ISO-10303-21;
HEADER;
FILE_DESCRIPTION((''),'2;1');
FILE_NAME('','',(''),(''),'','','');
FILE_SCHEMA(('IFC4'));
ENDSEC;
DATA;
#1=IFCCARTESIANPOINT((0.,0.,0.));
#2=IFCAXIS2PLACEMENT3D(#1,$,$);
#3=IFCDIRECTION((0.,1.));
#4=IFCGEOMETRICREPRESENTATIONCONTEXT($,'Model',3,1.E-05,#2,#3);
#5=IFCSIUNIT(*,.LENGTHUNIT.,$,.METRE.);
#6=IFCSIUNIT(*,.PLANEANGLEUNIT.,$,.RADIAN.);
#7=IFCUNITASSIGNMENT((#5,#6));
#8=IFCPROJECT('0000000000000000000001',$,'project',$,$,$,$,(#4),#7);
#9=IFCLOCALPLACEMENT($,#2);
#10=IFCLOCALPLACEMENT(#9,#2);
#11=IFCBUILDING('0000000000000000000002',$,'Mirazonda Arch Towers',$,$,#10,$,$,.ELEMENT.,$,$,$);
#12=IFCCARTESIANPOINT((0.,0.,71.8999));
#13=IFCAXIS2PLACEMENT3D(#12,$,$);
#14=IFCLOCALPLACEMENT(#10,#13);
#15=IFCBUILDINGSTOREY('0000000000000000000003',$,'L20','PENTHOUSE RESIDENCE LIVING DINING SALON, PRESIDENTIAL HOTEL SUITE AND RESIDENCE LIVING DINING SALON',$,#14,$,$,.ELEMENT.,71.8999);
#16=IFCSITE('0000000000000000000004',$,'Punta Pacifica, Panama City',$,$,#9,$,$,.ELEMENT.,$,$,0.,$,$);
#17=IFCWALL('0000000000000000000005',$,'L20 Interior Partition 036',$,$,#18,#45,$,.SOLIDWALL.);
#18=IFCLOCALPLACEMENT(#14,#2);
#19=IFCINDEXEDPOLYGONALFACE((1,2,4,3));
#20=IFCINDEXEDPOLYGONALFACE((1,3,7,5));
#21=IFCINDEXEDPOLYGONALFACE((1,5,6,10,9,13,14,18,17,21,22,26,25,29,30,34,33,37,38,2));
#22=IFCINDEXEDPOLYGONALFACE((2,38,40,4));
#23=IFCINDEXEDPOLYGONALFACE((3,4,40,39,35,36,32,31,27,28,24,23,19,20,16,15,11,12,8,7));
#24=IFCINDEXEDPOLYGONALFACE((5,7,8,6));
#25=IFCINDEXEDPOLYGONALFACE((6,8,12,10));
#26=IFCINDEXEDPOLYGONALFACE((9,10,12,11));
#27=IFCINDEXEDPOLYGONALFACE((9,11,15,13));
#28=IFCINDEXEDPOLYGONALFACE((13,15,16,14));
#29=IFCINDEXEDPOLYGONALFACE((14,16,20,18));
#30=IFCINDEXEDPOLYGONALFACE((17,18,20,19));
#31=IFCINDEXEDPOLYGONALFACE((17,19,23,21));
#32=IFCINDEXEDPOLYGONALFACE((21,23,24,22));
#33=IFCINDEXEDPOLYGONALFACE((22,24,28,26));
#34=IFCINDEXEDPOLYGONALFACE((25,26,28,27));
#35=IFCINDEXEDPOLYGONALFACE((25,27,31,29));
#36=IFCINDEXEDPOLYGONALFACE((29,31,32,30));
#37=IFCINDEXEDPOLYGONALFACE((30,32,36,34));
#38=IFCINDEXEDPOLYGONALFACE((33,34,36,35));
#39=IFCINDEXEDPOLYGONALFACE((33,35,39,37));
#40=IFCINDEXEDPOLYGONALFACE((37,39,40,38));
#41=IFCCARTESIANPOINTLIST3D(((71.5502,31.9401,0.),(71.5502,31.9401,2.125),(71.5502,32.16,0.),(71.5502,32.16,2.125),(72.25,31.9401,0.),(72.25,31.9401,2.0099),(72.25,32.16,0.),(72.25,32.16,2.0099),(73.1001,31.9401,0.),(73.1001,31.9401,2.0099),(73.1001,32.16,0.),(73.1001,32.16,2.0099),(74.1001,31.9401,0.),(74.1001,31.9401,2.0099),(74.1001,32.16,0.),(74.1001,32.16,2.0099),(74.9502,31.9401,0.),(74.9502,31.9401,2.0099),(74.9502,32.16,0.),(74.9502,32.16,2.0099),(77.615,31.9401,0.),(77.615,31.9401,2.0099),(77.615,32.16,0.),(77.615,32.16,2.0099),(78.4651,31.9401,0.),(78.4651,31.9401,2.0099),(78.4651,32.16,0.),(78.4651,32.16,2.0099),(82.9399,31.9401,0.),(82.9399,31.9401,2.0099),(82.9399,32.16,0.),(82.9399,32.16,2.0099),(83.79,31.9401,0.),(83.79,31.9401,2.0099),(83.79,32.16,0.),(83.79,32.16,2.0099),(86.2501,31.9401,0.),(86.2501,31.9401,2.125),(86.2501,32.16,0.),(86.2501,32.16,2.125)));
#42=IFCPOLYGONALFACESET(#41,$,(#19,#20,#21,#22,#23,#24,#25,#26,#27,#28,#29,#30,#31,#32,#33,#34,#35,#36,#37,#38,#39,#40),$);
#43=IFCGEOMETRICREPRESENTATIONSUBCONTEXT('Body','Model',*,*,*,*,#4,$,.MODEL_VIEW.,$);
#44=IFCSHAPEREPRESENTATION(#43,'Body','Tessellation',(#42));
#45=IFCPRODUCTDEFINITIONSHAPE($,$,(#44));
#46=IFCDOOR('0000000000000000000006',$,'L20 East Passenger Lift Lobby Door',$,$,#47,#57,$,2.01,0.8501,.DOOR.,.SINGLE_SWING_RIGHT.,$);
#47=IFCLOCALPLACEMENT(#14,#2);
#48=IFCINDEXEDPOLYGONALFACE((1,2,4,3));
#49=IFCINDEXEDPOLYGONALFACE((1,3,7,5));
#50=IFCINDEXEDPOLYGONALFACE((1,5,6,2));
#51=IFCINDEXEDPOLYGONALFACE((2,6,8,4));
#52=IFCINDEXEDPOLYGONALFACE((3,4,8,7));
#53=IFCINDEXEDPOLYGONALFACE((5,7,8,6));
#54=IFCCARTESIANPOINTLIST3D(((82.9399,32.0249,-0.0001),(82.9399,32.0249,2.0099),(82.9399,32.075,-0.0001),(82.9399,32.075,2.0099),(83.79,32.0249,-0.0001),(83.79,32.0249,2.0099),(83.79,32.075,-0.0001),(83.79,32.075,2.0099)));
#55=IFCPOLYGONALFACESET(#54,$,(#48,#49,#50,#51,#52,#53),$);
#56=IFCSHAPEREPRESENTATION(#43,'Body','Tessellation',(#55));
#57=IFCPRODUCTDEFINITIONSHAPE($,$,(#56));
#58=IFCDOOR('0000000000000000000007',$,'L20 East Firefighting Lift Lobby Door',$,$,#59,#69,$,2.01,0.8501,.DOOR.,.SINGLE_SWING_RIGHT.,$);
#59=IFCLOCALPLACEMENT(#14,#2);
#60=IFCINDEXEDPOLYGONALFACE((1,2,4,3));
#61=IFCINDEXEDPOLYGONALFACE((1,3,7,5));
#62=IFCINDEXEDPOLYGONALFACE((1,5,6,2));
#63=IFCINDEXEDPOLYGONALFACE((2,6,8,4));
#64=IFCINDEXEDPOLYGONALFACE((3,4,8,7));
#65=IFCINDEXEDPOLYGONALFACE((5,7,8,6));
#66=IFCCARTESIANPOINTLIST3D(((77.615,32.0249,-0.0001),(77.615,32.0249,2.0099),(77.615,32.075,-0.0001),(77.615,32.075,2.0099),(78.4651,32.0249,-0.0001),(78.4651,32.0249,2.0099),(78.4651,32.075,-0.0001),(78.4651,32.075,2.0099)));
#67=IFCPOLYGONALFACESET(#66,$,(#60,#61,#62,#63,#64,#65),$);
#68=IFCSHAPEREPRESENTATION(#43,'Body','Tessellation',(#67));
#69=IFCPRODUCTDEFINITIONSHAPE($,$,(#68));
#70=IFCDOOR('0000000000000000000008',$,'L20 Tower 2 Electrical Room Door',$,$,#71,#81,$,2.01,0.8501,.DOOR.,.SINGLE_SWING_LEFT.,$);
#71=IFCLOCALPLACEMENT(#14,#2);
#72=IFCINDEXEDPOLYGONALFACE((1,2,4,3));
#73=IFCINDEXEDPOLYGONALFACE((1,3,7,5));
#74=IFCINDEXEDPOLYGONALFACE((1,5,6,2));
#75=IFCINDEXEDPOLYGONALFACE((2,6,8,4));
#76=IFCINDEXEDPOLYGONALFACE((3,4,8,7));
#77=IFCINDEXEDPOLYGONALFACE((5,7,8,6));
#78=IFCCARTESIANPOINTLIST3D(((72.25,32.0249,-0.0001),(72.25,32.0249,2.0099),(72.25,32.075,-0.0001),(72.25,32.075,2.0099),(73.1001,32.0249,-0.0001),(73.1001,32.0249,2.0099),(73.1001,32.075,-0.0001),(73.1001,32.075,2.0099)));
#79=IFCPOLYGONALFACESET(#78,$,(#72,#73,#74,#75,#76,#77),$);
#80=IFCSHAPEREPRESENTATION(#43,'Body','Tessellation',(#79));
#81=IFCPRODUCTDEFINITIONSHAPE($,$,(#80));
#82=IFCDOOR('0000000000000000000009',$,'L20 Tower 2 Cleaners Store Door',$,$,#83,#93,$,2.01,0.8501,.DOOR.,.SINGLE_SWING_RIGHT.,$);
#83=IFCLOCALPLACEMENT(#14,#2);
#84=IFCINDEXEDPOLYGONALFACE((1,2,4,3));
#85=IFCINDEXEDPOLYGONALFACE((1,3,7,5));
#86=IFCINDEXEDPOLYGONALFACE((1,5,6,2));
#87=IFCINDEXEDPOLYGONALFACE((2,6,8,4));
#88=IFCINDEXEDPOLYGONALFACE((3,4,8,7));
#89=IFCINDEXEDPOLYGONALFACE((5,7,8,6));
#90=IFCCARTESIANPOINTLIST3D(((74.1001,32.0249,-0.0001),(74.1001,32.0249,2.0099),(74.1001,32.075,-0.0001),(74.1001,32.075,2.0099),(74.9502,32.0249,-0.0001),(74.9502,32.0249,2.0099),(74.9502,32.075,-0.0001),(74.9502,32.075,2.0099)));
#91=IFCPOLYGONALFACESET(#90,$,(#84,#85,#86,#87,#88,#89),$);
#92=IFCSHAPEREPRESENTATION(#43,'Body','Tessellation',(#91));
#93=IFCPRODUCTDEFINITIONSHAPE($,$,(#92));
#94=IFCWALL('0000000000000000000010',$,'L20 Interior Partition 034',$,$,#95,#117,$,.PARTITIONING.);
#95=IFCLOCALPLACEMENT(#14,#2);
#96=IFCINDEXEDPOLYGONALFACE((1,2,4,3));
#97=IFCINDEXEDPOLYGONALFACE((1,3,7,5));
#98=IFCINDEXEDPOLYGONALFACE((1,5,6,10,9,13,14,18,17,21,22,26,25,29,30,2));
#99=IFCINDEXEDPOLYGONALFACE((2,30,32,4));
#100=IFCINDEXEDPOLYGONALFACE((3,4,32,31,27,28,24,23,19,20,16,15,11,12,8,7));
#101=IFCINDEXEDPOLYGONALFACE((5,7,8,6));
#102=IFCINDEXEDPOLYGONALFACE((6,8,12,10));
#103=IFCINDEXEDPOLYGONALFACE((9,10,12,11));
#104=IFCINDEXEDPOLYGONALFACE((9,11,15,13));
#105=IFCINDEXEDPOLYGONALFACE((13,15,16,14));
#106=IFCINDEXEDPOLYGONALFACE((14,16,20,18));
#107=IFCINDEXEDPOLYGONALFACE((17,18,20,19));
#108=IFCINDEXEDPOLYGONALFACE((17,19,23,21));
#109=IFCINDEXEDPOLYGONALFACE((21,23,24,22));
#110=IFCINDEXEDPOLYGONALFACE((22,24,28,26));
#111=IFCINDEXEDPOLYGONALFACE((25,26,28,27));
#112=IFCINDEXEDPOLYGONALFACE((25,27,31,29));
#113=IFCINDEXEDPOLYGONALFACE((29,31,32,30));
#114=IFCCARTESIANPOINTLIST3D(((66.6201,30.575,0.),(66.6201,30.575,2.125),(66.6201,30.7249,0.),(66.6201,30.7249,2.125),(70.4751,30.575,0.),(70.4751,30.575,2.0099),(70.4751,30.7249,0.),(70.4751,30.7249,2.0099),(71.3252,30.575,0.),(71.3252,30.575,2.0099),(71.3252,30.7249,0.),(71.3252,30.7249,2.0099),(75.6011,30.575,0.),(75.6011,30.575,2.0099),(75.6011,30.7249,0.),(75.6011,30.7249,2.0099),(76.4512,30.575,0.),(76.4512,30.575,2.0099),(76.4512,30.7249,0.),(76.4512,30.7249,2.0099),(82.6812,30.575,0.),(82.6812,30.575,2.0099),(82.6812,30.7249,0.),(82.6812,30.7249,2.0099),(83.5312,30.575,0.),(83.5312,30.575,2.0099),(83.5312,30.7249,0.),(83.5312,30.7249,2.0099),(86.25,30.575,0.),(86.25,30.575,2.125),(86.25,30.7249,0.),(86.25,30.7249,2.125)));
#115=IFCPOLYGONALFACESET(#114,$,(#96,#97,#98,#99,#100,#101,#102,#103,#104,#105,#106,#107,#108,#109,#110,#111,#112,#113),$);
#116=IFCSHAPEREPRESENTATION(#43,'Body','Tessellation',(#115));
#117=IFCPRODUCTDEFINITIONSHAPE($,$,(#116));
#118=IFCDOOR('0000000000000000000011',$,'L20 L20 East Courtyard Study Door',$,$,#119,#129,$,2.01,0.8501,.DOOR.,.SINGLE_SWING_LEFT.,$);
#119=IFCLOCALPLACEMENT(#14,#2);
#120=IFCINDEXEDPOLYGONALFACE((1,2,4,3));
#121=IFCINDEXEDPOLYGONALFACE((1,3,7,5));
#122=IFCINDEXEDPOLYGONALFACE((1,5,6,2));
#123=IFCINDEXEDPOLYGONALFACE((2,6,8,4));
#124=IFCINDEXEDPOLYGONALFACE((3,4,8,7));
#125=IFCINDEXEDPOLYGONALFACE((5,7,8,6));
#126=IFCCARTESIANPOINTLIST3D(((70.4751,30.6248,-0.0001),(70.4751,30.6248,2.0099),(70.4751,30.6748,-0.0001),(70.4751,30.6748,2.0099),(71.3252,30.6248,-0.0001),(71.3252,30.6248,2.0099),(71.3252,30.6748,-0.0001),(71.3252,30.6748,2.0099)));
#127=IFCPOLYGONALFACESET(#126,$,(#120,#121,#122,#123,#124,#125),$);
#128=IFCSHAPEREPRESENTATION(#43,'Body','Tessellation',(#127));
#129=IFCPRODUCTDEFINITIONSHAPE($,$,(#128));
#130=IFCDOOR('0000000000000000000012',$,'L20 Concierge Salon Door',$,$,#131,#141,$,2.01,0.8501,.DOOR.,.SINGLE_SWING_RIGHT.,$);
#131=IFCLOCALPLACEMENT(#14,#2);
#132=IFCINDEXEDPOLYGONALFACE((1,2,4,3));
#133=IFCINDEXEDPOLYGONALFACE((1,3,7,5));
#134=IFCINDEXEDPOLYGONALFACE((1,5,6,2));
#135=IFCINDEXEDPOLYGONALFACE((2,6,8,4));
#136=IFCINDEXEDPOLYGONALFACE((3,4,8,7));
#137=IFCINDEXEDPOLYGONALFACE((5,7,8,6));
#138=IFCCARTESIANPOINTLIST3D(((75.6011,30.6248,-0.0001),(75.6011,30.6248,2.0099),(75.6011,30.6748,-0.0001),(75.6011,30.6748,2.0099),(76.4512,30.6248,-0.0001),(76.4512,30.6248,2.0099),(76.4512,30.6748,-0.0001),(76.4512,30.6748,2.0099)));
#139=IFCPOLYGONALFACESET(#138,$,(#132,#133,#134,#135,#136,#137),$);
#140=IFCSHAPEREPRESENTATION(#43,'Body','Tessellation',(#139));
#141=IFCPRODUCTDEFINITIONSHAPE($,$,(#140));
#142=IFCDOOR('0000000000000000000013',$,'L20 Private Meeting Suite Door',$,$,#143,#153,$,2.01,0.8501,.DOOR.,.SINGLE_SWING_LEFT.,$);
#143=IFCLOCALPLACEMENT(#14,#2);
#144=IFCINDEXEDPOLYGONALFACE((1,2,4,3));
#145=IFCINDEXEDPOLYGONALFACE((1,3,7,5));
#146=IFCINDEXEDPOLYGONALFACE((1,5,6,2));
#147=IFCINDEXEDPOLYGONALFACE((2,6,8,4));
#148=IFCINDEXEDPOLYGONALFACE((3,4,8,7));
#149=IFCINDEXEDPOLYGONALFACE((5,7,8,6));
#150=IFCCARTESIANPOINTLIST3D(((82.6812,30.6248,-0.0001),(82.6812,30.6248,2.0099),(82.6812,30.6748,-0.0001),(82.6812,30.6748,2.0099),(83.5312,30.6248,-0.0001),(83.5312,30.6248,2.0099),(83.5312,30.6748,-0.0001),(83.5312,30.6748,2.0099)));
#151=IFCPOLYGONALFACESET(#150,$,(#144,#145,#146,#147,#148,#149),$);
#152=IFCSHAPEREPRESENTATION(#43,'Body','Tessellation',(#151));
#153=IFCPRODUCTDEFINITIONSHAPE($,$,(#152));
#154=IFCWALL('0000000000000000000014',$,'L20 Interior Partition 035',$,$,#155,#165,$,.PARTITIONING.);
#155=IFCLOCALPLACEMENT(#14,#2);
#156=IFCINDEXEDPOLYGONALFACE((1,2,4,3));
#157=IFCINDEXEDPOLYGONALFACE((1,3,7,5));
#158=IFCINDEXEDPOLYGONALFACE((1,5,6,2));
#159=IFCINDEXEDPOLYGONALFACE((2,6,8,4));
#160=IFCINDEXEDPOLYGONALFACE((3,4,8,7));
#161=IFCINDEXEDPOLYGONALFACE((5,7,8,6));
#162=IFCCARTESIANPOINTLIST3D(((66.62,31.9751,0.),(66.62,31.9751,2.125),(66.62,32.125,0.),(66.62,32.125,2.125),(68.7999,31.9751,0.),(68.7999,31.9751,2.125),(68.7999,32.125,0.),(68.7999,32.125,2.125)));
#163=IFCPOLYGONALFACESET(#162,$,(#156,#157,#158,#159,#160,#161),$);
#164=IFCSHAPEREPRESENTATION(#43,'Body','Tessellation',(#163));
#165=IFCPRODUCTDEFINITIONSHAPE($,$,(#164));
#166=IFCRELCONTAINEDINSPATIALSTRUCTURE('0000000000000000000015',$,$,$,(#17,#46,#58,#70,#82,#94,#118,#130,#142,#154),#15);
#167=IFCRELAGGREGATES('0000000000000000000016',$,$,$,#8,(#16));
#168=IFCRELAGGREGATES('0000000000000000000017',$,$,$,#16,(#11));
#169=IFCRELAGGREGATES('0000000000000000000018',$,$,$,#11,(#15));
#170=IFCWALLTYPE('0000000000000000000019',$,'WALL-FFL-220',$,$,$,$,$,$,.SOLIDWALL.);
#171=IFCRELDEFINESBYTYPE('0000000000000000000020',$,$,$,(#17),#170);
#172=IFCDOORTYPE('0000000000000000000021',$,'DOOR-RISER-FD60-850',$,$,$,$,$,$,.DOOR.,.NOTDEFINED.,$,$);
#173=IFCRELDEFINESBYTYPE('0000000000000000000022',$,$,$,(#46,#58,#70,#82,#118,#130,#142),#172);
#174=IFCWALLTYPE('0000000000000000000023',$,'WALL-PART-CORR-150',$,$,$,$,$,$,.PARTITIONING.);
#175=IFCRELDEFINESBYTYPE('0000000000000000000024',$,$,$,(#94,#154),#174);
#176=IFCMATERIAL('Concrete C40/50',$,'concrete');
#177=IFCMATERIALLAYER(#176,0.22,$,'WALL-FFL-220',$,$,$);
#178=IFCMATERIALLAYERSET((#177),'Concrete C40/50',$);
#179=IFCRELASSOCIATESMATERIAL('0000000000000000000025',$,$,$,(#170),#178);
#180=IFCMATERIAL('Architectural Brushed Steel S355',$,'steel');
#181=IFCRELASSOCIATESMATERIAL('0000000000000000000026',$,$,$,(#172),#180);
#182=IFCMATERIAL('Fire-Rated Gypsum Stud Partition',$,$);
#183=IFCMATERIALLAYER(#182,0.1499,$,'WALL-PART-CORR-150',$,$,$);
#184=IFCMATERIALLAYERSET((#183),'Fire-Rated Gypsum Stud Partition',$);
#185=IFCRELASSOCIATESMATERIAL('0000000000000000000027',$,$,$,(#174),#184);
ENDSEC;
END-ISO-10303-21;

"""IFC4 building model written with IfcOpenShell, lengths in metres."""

from ifc_helpers import new_model, si_unit, direction, frame, frame_2d, origin, place, context, subcontext, project, spatial, rectangle, extrude, material, layer, layer_set, type_object, element, fill, save


model = new_model("IFC4")

# Units and contexts
model_context = context("Model", 3, precision=1e-05, world=origin(), true_north=direction((0.0, 1.0)))
body_context = subcontext(model_context, "Body", "Model", "MODEL_VIEW")
ifc_project = project(units=[si_unit("LENGTHUNIT", "METRE"), si_unit("PLANEANGLEUNIT", "RADIAN")], contexts=[model_context])

# Site, building, storey
site_placement = place(None, origin())
site = spatial("IfcSite", under=ifc_project, at=site_placement, Name="Punta Pacifica, Panama City", CompositionType="ELEMENT", RefElevation=0.0)
building_placement = place(site_placement, origin())
building = spatial("IfcBuilding", under=site, at=building_placement, Name="Mirazonda Arch Towers", CompositionType="ELEMENT")
storey_placement = place(building_placement, frame((0.0, 0.0, 71.8999)))
storey = spatial("IfcBuildingStorey", under=building, at=storey_placement, Name="L20", Description="PENTHOUSE RESIDENCE LIVING DINING SALON, PRESIDENTIAL HOTEL SUITE AND RESIDENCE LIVING DINING SALON", CompositionType="ELEMENT", Elevation=71.8999)

# Walls, openings, doors
ifc_material_1 = material(Name="Architectural Brushed Steel S355", Category="steel")
ifc_material_2 = material(Name="Concrete C40/50", Category="concrete")
ifc_layer_1 = layer(ifc_material_2, 0.22, Name="WALL-FFL-220")
ifc_layer_set_1 = layer_set([ifc_layer_1], Name="Concrete C40/50")
wall_type_1 = type_object("IfcWallType", Name="WALL-FFL-220", PredefinedType="SOLIDWALL", material=ifc_layer_set_1)
wall_1_placement = place(storey_placement, frame((71.55, 32.05, 0.0), z_axis=(0.0, 0.0, 1.0), x_axis=(1.0, 0.0, 0.0)))
wall_1 = element("IfcWall", 1, at=wall_1_placement, inside=storey, type_object=wall_type_1, Name="L20 Interior Partition 036", PredefinedType="SOLIDWALL", context=body_context, shape_type="SweptSolid", body=[
    extrude(rectangle(XDim=14.7, YDim=0.22, at=frame_2d((7.3501, 0.0))), origin(), (0.0, 0.0, 1.0), 2.125),
])
opening_1_placement = place(wall_1_placement, frame((11.3899, 0.0, 0.0)))
opening_1 = element("IfcOpeningElement", 2, at=opening_1_placement, cuts=wall_1, PredefinedType="OPENING", context=body_context, shape_type="SweptSolid", body=[
    extrude(rectangle(XDim=0.8501, YDim=2.01, at=frame_2d((0.425, 1.0049))), frame((0.0, 0.1199, 0.0), z_axis=(0.0, -1.0, 0.0), x_axis=(1.0, 0.0, 0.0)), (0.0, 0.0, 1.0), 0.24),
])
opening_2_placement = place(wall_1_placement, frame((6.0649, 0.0, 0.0)))
opening_2 = element("IfcOpeningElement", 3, at=opening_2_placement, cuts=wall_1, PredefinedType="OPENING", context=body_context, shape_type="SweptSolid", body=[
    extrude(rectangle(XDim=0.8501, YDim=2.01, at=frame_2d((0.425, 1.0049))), frame((0.0, 0.1199, 0.0), z_axis=(0.0, -1.0, 0.0), x_axis=(1.0, 0.0, 0.0)), (0.0, 0.0, 1.0), 0.24),
])
opening_3_placement = place(wall_1_placement, frame((0.7, 0.0, 0.0)))
opening_3 = element("IfcOpeningElement", 4, at=opening_3_placement, cuts=wall_1, PredefinedType="OPENING", context=body_context, shape_type="SweptSolid", body=[
    extrude(rectangle(XDim=0.8501, YDim=2.01, at=frame_2d((0.425, 1.0049))), frame((0.0, 0.1199, 0.0), z_axis=(0.0, -1.0, 0.0), x_axis=(1.0, 0.0, 0.0)), (0.0, 0.0, 1.0), 0.24),
])
opening_4_placement = place(wall_1_placement, frame((2.55, 0.0, 0.0)))
opening_4 = element("IfcOpeningElement", 5, at=opening_4_placement, cuts=wall_1, PredefinedType="OPENING", context=body_context, shape_type="SweptSolid", body=[
    extrude(rectangle(XDim=0.8501, YDim=2.01, at=frame_2d((0.425, 1.0049))), frame((0.0, 0.1199, 0.0), z_axis=(0.0, -1.0, 0.0), x_axis=(1.0, 0.0, 0.0)), (0.0, 0.0, 1.0), 0.24),
])
door_type_1 = type_object("IfcDoorType", Name="DOOR-RISER-FD60-850", OperationType="NOTDEFINED", PredefinedType="DOOR", material=ifc_material_1)
door_1_placement = place(opening_1_placement, origin())
door_1 = element("IfcDoor", 6, at=door_1_placement, inside=storey, type_object=door_type_1, Name="L20 East Passenger Lift Lobby Door", OperationType="SINGLE_SWING_RIGHT", OverallHeight=2.01, OverallWidth=0.8501, PredefinedType="DOOR", context=body_context, shape_type="SweptSolid", body=[
    extrude(rectangle(XDim=0.8501, YDim=2.01, at=frame_2d((0.425, 1.0049))), frame((0.0, 0.0249, 0.0), z_axis=(0.0, -1.0, 0.0), x_axis=(1.0, 0.0, 0.0)), (0.0, 0.0, 1.0), 0.05),
])
fill(opening_1, door_1)
door_2_placement = place(opening_2_placement, origin())
door_2 = element("IfcDoor", 7, at=door_2_placement, inside=storey, type_object=door_type_1, Name="L20 East Firefighting Lift Lobby Door", OperationType="SINGLE_SWING_RIGHT", OverallHeight=2.01, OverallWidth=0.8501, PredefinedType="DOOR", context=body_context, shape_type="SweptSolid", body=[
    extrude(rectangle(XDim=0.8501, YDim=2.01, at=frame_2d((0.425, 1.0049))), frame((0.0, 0.0249, 0.0), z_axis=(0.0, -1.0, 0.0), x_axis=(1.0, 0.0, 0.0)), (0.0, 0.0, 1.0), 0.05),
])
fill(opening_2, door_2)
door_3_placement = place(opening_3_placement, origin())
door_3 = element("IfcDoor", 8, at=door_3_placement, inside=storey, type_object=door_type_1, Name="L20 Tower 2 Electrical Room Door", OperationType="SINGLE_SWING_LEFT", OverallHeight=2.01, OverallWidth=0.8501, PredefinedType="DOOR", context=body_context, shape_type="SweptSolid", body=[
    extrude(rectangle(XDim=0.8501, YDim=2.01, at=frame_2d((0.425, 1.0049))), frame((0.0, 0.0249, 0.0), z_axis=(0.0, -1.0, 0.0), x_axis=(1.0, 0.0, 0.0)), (0.0, 0.0, 1.0), 0.05),
])
fill(opening_3, door_3)
door_4_placement = place(opening_4_placement, origin())
door_4 = element("IfcDoor", 9, at=door_4_placement, inside=storey, type_object=door_type_1, Name="L20 Tower 2 Cleaners Store Door", OperationType="SINGLE_SWING_RIGHT", OverallHeight=2.01, OverallWidth=0.8501, PredefinedType="DOOR", context=body_context, shape_type="SweptSolid", body=[
    extrude(rectangle(XDim=0.8501, YDim=2.01, at=frame_2d((0.425, 1.0049))), frame((0.0, 0.0249, 0.0), z_axis=(0.0, -1.0, 0.0), x_axis=(1.0, 0.0, 0.0)), (0.0, 0.0, 1.0), 0.05),
])
fill(opening_4, door_4)
ifc_material_3 = material(Name="Fire-Rated Gypsum Stud Partition")
ifc_layer_2 = layer(ifc_material_3, 0.1499, Name="WALL-PART-CORR-150")
ifc_layer_set_2 = layer_set([ifc_layer_2], Name="Fire-Rated Gypsum Stud Partition")
wall_type_2 = type_object("IfcWallType", Name="WALL-PART-CORR-150", PredefinedType="PARTITIONING", material=ifc_layer_set_2)
wall_2_placement = place(storey_placement, frame((66.6201, 30.6499, 0.0), z_axis=(0.0, 0.0, 1.0), x_axis=(1.0, 0.0, 0.0)))
wall_2 = element("IfcWall", 10, at=wall_2_placement, inside=storey, type_object=wall_type_2, Name="L20 Interior Partition 034", PredefinedType="PARTITIONING", context=body_context, shape_type="SweptSolid", body=[
    extrude(rectangle(XDim=19.6299, YDim=0.1499, at=frame_2d((9.8149, 0.0))), origin(), (0.0, 0.0, 1.0), 2.125),
])
opening_5_placement = place(wall_2_placement, frame((3.855, 0.0, 0.0)))
opening_5 = element("IfcOpeningElement", 11, at=opening_5_placement, cuts=wall_2, PredefinedType="OPENING", context=body_context, shape_type="SweptSolid", body=[
    extrude(rectangle(XDim=0.8501, YDim=2.01, at=frame_2d((0.425, 1.0049))), frame((0.0, 0.085, 0.0), z_axis=(0.0, -1.0, 0.0), x_axis=(1.0, 0.0, 0.0)), (0.0, 0.0, 1.0), 0.1699),
])
opening_6_placement = place(wall_2_placement, frame((8.981, 0.0, 0.0)))
opening_6 = element("IfcOpeningElement", 12, at=opening_6_placement, cuts=wall_2, PredefinedType="OPENING", context=body_context, shape_type="SweptSolid", body=[
    extrude(rectangle(XDim=0.8501, YDim=2.01, at=frame_2d((0.425, 1.0049))), frame((0.0, 0.085, 0.0), z_axis=(0.0, -1.0, 0.0), x_axis=(1.0, 0.0, 0.0)), (0.0, 0.0, 1.0), 0.1699),
])
opening_7_placement = place(wall_2_placement, frame((16.061, 0.0, 0.0)))
opening_7 = element("IfcOpeningElement", 13, at=opening_7_placement, cuts=wall_2, PredefinedType="OPENING", context=body_context, shape_type="SweptSolid", body=[
    extrude(rectangle(XDim=0.8501, YDim=2.01, at=frame_2d((0.425, 1.0049))), frame((0.0, 0.085, 0.0), z_axis=(0.0, -1.0, 0.0), x_axis=(1.0, 0.0, 0.0)), (0.0, 0.0, 1.0), 0.1699),
])
door_5_placement = place(opening_5_placement, origin())
door_5 = element("IfcDoor", 14, at=door_5_placement, inside=storey, type_object=door_type_1, Name="L20 L20 East Courtyard Study Door", OperationType="SINGLE_SWING_LEFT", OverallHeight=2.01, OverallWidth=0.8501, PredefinedType="DOOR", context=body_context, shape_type="SweptSolid", body=[
    extrude(rectangle(XDim=0.8501, YDim=2.01, at=frame_2d((0.425, 1.0049))), frame((0.0, 0.0249, 0.0), z_axis=(0.0, -1.0, 0.0), x_axis=(1.0, 0.0, 0.0)), (0.0, 0.0, 1.0), 0.05),
])
fill(opening_5, door_5)
door_6_placement = place(opening_6_placement, origin())
door_6 = element("IfcDoor", 15, at=door_6_placement, inside=storey, type_object=door_type_1, Name="L20 Concierge Salon Door", OperationType="SINGLE_SWING_RIGHT", OverallHeight=2.01, OverallWidth=0.8501, PredefinedType="DOOR", context=body_context, shape_type="SweptSolid", body=[
    extrude(rectangle(XDim=0.8501, YDim=2.01, at=frame_2d((0.425, 1.0049))), frame((0.0, 0.0249, 0.0), z_axis=(0.0, -1.0, 0.0), x_axis=(1.0, 0.0, 0.0)), (0.0, 0.0, 1.0), 0.05),
])
fill(opening_6, door_6)
door_7_placement = place(opening_7_placement, origin())
door_7 = element("IfcDoor", 16, at=door_7_placement, inside=storey, type_object=door_type_1, Name="L20 Private Meeting Suite Door", OperationType="SINGLE_SWING_LEFT", OverallHeight=2.01, OverallWidth=0.8501, PredefinedType="DOOR", context=body_context, shape_type="SweptSolid", body=[
    extrude(rectangle(XDim=0.8501, YDim=2.01, at=frame_2d((0.425, 1.0049))), frame((0.0, 0.0249, 0.0), z_axis=(0.0, -1.0, 0.0), x_axis=(1.0, 0.0, 0.0)), (0.0, 0.0, 1.0), 0.05),
])
fill(opening_7, door_7)

# Wall
wall_3_placement = place(storey_placement, frame((66.6201, 32.05, 0.0), z_axis=(0.0, 0.0, 1.0), x_axis=(1.0, 0.0, 0.0)))
element("IfcWall", 17, at=wall_3_placement, inside=storey, type_object=wall_type_2, Name="L20 Interior Partition 035", PredefinedType="PARTITIONING", context=body_context, shape_type="SweptSolid", body=[
    extrude(rectangle(XDim=2.1799, YDim=0.1499, at=frame_2d((1.0898, 0.0))), origin(), (0.0, 0.0, 1.0), 2.125),
])

save(model, "model.ifc")
